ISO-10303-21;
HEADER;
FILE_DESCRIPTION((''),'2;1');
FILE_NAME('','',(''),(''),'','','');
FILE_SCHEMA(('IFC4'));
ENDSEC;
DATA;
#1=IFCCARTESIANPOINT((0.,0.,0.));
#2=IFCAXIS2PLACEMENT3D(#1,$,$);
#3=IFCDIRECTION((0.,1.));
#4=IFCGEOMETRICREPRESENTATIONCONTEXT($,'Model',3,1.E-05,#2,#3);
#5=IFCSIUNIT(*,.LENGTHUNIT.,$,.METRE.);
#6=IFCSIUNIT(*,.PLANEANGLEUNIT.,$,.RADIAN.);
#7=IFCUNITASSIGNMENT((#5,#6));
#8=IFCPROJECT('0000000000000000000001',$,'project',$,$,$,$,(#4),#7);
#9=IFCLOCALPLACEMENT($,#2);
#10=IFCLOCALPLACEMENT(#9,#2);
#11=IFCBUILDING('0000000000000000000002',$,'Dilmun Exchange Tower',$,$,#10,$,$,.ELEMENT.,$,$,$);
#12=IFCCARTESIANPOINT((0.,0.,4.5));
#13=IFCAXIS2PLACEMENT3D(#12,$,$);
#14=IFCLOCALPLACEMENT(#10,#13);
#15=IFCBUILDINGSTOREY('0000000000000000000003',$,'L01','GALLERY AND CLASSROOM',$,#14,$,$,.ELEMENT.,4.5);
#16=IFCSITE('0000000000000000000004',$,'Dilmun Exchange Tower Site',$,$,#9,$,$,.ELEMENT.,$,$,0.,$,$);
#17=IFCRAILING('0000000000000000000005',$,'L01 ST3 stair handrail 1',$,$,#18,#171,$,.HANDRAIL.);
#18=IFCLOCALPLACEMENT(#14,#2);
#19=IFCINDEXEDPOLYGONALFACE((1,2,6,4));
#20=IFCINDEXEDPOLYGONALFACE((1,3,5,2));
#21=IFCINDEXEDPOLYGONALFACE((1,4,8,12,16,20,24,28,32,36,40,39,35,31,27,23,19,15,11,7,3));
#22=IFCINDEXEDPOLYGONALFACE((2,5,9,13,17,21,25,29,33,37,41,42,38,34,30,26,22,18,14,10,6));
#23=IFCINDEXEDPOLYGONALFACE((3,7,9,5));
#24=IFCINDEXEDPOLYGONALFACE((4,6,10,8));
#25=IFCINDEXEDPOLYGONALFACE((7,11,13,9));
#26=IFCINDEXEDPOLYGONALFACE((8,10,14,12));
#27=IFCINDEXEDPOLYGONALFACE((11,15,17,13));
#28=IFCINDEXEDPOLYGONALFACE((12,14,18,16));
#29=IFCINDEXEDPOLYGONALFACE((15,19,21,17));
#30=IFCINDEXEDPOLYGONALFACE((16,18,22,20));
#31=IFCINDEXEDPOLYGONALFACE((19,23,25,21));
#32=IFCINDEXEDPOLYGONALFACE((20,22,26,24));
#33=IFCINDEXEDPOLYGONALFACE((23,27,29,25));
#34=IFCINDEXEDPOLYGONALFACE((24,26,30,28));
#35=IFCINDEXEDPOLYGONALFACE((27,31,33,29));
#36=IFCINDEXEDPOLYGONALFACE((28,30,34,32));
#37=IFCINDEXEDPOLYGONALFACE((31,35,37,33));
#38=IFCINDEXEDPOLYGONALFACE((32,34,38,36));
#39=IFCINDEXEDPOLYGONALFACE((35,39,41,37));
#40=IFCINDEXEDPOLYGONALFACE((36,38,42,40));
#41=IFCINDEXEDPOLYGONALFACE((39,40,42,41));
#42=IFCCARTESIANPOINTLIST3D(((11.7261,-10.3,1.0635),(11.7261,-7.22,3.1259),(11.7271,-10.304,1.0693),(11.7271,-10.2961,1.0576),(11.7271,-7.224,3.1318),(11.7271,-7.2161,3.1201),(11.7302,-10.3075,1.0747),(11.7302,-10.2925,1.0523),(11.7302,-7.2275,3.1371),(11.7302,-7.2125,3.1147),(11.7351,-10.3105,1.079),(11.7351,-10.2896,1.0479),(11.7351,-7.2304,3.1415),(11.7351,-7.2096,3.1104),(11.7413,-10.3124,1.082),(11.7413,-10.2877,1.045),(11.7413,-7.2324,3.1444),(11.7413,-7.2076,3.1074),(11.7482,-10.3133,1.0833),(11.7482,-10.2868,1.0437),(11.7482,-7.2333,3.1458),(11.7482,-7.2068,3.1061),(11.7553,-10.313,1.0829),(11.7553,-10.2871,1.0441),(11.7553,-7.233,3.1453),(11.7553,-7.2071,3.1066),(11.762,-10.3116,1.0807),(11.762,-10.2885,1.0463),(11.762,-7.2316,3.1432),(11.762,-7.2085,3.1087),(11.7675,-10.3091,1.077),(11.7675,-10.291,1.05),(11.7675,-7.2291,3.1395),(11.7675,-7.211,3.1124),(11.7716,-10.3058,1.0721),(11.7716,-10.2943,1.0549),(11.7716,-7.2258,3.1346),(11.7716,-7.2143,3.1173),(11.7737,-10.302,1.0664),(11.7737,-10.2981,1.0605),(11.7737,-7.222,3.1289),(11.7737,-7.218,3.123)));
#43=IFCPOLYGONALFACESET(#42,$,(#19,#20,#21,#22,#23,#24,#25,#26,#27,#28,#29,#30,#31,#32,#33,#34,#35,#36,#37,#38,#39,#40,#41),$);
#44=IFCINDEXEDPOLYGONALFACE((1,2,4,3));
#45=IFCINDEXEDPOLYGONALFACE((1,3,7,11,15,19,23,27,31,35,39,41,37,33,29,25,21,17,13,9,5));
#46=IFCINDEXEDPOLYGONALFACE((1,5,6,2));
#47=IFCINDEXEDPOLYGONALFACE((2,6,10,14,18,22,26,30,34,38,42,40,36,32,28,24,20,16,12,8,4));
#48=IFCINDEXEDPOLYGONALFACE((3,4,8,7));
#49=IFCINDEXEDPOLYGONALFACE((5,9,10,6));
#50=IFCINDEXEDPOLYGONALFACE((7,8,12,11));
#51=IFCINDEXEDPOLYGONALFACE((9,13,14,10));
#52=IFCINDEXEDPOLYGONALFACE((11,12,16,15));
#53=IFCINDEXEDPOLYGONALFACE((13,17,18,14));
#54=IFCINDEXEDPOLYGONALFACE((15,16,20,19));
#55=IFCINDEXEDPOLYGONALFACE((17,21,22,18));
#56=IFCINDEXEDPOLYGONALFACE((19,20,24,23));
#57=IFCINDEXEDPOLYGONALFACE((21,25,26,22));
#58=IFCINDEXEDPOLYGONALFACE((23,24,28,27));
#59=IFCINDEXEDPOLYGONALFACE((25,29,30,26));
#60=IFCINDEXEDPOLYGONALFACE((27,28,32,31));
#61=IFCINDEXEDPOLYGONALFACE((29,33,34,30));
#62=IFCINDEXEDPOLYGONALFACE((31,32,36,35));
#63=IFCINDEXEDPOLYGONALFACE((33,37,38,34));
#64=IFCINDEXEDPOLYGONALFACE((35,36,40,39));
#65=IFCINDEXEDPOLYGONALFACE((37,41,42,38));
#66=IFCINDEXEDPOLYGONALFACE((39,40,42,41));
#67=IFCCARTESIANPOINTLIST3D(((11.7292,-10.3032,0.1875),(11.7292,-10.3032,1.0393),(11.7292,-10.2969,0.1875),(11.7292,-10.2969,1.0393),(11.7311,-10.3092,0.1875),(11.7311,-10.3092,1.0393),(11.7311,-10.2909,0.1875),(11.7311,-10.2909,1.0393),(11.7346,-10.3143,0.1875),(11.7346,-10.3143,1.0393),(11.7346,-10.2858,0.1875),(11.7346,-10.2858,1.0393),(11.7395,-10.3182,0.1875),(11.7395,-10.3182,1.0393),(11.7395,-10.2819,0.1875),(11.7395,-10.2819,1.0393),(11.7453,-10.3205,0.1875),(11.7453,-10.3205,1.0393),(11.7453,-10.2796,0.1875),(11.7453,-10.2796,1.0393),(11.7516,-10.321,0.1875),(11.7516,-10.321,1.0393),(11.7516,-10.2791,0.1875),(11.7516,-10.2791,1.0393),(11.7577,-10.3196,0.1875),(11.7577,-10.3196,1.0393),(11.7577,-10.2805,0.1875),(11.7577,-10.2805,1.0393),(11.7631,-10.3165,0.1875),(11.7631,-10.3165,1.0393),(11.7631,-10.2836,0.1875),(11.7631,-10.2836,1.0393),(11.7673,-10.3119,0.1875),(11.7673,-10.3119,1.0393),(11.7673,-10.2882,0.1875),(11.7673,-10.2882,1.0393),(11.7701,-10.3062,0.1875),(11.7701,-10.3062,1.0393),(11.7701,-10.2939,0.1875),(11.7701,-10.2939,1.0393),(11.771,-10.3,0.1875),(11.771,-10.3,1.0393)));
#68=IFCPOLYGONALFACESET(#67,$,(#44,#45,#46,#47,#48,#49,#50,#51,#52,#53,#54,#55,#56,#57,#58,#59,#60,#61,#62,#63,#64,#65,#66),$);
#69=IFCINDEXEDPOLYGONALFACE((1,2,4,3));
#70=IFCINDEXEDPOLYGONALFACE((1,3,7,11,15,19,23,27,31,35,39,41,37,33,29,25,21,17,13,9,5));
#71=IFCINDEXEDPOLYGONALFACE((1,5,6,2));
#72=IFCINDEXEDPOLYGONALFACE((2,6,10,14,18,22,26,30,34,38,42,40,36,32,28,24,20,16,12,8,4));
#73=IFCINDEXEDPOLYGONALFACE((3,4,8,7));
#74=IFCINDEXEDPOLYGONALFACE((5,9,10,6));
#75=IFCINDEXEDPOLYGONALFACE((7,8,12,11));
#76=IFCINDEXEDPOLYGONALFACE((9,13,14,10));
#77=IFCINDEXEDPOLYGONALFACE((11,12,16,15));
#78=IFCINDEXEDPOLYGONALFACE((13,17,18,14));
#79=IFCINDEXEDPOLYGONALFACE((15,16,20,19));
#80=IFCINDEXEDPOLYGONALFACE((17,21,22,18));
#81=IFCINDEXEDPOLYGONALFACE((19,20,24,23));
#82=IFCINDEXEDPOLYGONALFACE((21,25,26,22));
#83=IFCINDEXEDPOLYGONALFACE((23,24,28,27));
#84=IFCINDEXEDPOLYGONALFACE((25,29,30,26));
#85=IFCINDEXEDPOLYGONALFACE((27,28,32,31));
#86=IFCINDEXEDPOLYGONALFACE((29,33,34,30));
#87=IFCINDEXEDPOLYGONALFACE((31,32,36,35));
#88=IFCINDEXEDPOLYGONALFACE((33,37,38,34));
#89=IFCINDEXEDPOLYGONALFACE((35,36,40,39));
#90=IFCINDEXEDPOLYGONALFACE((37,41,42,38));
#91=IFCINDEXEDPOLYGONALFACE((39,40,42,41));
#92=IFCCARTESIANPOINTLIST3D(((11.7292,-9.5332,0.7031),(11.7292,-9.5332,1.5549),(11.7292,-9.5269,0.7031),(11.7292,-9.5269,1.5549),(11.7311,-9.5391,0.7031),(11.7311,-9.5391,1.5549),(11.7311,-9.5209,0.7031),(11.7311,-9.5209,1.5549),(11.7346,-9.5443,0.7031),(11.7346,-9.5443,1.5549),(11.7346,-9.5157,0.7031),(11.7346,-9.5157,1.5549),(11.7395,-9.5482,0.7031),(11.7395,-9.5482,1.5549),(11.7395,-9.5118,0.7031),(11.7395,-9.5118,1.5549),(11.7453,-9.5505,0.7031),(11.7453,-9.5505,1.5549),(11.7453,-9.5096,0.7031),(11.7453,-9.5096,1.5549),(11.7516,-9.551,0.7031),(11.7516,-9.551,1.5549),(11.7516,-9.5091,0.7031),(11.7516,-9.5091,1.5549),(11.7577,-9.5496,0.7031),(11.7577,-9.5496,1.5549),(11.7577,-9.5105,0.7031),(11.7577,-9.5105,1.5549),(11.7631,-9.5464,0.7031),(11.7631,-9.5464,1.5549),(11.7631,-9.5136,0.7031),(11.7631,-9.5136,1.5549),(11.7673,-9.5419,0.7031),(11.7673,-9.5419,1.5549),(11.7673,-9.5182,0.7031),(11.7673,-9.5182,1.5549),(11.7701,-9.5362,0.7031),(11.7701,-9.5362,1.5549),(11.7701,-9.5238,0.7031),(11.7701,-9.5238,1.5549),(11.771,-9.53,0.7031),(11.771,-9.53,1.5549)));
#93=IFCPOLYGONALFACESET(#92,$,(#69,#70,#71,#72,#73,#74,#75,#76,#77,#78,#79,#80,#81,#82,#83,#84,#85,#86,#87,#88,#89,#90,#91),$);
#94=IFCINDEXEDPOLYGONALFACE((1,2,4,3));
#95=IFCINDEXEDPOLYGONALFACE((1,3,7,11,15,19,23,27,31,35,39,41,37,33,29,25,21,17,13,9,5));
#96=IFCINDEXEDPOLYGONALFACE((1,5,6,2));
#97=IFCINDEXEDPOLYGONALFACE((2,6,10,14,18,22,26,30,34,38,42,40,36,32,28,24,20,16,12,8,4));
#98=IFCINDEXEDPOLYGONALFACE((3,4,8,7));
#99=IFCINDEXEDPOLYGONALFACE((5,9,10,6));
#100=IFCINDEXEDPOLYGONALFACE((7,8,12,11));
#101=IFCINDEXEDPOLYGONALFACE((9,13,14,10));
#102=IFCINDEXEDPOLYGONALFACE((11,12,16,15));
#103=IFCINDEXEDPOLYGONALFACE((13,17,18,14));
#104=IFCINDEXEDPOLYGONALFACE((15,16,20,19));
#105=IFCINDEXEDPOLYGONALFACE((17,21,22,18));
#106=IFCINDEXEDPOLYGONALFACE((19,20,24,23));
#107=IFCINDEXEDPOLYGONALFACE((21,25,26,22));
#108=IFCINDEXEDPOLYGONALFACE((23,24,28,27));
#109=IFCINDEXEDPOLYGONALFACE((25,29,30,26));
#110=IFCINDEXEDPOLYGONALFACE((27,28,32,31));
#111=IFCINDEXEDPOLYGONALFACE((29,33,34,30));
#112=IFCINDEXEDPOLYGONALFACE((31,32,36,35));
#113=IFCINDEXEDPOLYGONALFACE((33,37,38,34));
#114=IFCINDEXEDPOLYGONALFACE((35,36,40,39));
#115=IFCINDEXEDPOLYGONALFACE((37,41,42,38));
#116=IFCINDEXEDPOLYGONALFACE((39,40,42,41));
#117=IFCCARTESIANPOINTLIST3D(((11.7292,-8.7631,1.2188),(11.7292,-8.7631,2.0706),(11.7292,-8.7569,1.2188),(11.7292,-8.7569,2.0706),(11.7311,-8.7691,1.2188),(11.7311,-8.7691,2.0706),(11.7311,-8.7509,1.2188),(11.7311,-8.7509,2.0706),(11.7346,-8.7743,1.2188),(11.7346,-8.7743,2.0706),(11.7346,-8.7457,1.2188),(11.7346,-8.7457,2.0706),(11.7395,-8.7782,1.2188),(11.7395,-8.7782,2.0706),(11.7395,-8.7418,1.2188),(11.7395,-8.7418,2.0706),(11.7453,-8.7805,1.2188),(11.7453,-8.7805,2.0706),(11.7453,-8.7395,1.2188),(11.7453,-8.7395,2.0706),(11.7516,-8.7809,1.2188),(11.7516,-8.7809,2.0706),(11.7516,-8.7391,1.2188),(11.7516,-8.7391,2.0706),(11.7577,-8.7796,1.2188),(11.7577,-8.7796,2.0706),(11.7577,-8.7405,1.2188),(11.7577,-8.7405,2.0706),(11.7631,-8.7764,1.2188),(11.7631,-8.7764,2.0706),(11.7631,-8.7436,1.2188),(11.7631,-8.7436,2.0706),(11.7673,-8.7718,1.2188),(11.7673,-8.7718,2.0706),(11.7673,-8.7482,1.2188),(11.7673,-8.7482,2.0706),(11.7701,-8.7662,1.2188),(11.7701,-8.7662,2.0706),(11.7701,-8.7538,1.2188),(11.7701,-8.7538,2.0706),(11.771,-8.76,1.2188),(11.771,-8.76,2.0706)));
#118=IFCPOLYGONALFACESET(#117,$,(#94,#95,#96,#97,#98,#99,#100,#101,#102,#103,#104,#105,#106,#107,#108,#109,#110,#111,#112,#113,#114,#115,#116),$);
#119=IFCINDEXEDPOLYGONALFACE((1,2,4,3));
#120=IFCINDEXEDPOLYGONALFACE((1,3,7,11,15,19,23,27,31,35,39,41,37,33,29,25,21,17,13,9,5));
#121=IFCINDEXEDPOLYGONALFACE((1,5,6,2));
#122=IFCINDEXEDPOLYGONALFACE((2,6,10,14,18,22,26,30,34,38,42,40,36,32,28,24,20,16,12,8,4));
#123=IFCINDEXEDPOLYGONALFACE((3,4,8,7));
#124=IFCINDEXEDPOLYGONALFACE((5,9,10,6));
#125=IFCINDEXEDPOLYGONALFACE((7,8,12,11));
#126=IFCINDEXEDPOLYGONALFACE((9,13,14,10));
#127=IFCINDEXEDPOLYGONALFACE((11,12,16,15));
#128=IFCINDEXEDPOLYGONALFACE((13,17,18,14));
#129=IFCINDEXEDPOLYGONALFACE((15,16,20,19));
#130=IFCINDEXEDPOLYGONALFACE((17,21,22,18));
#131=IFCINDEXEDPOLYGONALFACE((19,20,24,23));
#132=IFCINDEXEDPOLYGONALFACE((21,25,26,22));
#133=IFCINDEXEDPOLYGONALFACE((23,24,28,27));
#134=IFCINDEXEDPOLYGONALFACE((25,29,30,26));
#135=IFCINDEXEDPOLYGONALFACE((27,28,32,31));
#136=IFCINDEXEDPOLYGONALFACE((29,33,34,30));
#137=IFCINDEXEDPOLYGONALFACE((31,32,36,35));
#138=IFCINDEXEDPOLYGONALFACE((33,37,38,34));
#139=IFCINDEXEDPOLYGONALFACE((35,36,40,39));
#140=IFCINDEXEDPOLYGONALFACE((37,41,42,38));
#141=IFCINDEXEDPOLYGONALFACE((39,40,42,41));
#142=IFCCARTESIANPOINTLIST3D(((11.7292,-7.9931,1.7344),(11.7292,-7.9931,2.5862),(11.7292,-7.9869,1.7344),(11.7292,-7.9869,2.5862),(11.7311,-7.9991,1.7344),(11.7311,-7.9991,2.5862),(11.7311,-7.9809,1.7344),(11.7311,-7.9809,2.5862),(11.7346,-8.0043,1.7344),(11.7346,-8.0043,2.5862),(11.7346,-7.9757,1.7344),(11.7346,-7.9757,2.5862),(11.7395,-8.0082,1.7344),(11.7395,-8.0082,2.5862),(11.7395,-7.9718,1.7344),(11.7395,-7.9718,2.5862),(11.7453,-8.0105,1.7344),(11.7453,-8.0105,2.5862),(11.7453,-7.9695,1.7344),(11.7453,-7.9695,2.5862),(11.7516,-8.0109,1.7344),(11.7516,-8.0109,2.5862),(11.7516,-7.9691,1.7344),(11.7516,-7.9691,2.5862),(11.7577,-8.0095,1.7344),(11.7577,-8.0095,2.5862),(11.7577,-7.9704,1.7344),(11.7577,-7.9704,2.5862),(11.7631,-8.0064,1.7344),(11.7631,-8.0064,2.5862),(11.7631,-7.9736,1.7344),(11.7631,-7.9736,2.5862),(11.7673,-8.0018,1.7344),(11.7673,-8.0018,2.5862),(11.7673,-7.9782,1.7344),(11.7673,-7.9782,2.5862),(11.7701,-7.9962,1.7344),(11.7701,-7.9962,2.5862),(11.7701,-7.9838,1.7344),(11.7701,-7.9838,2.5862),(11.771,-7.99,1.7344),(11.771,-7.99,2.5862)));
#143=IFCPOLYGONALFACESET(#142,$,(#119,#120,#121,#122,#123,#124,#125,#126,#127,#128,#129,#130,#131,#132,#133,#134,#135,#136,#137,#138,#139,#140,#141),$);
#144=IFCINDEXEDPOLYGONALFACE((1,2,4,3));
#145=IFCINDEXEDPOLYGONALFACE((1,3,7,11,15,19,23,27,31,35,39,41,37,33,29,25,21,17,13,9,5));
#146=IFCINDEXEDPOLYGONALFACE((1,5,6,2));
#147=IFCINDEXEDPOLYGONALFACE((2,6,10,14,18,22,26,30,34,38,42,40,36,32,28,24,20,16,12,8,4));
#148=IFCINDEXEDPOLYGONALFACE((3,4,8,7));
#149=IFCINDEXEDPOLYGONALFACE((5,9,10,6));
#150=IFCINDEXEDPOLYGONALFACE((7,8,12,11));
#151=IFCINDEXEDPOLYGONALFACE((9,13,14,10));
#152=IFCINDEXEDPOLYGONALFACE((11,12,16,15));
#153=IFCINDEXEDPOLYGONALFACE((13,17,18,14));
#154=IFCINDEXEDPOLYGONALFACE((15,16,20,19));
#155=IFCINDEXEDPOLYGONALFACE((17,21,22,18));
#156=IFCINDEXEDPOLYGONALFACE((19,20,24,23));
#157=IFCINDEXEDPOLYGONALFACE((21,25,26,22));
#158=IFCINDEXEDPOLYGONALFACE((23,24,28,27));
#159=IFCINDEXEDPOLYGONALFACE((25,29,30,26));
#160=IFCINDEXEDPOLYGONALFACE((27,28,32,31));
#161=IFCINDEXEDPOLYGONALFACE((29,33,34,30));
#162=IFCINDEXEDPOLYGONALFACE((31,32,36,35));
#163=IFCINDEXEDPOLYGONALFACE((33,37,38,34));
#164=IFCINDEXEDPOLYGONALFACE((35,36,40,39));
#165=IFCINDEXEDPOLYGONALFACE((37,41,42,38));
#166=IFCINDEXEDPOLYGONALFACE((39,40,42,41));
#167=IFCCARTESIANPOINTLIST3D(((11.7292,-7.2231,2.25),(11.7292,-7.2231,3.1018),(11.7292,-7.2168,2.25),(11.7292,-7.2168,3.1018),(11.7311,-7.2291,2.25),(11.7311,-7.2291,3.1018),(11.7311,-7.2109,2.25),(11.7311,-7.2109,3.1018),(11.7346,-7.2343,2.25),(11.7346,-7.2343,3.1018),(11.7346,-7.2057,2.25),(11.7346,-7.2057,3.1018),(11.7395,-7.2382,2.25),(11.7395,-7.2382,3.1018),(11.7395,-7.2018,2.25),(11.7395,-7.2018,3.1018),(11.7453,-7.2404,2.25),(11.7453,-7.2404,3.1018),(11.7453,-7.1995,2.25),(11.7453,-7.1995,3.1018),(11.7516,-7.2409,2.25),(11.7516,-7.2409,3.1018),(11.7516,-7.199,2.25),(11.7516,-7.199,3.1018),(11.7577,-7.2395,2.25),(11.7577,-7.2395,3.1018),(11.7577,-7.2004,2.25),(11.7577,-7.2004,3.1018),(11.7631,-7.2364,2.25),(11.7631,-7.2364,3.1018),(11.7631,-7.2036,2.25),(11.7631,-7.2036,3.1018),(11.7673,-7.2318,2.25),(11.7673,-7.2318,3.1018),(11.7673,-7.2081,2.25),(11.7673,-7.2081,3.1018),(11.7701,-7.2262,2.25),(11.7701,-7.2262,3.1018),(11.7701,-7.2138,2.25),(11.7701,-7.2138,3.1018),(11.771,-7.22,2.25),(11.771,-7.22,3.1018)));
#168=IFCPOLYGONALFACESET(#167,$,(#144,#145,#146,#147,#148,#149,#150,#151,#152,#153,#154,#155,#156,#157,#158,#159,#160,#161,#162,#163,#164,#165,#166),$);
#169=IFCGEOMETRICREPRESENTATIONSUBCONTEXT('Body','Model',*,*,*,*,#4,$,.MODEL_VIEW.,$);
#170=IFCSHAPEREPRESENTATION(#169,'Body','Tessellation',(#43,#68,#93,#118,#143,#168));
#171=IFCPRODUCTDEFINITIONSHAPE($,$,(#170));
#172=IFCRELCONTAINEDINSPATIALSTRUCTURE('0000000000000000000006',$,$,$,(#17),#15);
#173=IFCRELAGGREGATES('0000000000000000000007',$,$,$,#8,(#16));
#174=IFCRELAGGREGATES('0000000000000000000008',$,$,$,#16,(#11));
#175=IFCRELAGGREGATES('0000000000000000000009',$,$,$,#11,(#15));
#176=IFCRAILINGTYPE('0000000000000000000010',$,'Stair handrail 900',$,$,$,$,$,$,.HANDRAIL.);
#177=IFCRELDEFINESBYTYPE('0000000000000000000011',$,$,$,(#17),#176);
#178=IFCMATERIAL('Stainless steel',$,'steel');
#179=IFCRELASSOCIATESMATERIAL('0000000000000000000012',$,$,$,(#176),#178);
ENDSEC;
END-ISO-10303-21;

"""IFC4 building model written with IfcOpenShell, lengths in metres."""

from ifc_helpers import new_model, si_unit, direction, frame, origin, origin_2d, place, context, subcontext, project, spatial, circle, extrude, material, type_object, element, save


model = new_model("IFC4")

# Units and contexts
model_context = context("Model", 3, precision=1e-05, world=origin(), true_north=direction((0.0, 1.0)))
body_context = subcontext(model_context, "Body", "Model", "MODEL_VIEW")
ifc_project = project(units=[si_unit("LENGTHUNIT", "METRE"), si_unit("PLANEANGLEUNIT", "RADIAN")], contexts=[model_context])

# Site, building, storey
site_placement = place(None, origin())
site = spatial("IfcSite", under=ifc_project, at=site_placement, Name="Dilmun Exchange Tower Site", CompositionType="ELEMENT", RefElevation=0.0)
building_placement = place(site_placement, origin())
building = spatial("IfcBuilding", under=site, at=building_placement, Name="Dilmun Exchange Tower", CompositionType="ELEMENT")
storey_placement = place(building_placement, frame((0.0, 0.0, 4.5)))
storey = spatial("IfcBuildingStorey", under=building, at=storey_placement, Name="L01", Description="GALLERY AND CLASSROOM", CompositionType="ELEMENT", Elevation=4.5)

# Railing
ifc_material_1 = material(Name="Stainless steel", Category="steel")
railing_type = type_object("IfcRailingType", Name="Stair handrail 900", PredefinedType="HANDRAIL", material=ifc_material_1)
railing_placement = place(storey_placement, frame((11.75, -10.3, 0.1875)))
element("IfcRailing", 1, at=railing_placement, inside=storey, type_object=railing_type, Name="L01 ST3 stair handrail 1", PredefinedType="HANDRAIL", context=body_context, shape_type="SweptSolid", body=[
    extrude(circle(Radius=0.0239, at=origin_2d()), frame((0.0, 0.0, 0.876), z_axis=(0.0, 0.830914, 0.556401), x_axis=(-1.0, 0.0, 0.0)), (0.0, 0.0, 1.0), 3.7068),
    extrude(circle(Radius=0.021, at=origin_2d()), origin(), (0.0, 0.0, 1.0), 0.8518),
    extrude(circle(Radius=0.021, at=origin_2d()), frame((0.0, 0.77, 0.5156)), (0.0, 0.0, 1.0), 0.8518),
    extrude(circle(Radius=0.021, at=origin_2d()), frame((0.0, 1.54, 1.0312)), (0.0, 0.0, 1.0), 0.8518),
    extrude(circle(Radius=0.021, at=origin_2d()), frame((0.0, 2.3101, 1.5469)), (0.0, 0.0, 1.0), 0.8518),
    extrude(circle(Radius=0.021, at=origin_2d()), frame((0.0, 3.0801, 2.0625)), (0.0, 0.0, 1.0), 0.8518),
])

save(model, "model.ifc")
